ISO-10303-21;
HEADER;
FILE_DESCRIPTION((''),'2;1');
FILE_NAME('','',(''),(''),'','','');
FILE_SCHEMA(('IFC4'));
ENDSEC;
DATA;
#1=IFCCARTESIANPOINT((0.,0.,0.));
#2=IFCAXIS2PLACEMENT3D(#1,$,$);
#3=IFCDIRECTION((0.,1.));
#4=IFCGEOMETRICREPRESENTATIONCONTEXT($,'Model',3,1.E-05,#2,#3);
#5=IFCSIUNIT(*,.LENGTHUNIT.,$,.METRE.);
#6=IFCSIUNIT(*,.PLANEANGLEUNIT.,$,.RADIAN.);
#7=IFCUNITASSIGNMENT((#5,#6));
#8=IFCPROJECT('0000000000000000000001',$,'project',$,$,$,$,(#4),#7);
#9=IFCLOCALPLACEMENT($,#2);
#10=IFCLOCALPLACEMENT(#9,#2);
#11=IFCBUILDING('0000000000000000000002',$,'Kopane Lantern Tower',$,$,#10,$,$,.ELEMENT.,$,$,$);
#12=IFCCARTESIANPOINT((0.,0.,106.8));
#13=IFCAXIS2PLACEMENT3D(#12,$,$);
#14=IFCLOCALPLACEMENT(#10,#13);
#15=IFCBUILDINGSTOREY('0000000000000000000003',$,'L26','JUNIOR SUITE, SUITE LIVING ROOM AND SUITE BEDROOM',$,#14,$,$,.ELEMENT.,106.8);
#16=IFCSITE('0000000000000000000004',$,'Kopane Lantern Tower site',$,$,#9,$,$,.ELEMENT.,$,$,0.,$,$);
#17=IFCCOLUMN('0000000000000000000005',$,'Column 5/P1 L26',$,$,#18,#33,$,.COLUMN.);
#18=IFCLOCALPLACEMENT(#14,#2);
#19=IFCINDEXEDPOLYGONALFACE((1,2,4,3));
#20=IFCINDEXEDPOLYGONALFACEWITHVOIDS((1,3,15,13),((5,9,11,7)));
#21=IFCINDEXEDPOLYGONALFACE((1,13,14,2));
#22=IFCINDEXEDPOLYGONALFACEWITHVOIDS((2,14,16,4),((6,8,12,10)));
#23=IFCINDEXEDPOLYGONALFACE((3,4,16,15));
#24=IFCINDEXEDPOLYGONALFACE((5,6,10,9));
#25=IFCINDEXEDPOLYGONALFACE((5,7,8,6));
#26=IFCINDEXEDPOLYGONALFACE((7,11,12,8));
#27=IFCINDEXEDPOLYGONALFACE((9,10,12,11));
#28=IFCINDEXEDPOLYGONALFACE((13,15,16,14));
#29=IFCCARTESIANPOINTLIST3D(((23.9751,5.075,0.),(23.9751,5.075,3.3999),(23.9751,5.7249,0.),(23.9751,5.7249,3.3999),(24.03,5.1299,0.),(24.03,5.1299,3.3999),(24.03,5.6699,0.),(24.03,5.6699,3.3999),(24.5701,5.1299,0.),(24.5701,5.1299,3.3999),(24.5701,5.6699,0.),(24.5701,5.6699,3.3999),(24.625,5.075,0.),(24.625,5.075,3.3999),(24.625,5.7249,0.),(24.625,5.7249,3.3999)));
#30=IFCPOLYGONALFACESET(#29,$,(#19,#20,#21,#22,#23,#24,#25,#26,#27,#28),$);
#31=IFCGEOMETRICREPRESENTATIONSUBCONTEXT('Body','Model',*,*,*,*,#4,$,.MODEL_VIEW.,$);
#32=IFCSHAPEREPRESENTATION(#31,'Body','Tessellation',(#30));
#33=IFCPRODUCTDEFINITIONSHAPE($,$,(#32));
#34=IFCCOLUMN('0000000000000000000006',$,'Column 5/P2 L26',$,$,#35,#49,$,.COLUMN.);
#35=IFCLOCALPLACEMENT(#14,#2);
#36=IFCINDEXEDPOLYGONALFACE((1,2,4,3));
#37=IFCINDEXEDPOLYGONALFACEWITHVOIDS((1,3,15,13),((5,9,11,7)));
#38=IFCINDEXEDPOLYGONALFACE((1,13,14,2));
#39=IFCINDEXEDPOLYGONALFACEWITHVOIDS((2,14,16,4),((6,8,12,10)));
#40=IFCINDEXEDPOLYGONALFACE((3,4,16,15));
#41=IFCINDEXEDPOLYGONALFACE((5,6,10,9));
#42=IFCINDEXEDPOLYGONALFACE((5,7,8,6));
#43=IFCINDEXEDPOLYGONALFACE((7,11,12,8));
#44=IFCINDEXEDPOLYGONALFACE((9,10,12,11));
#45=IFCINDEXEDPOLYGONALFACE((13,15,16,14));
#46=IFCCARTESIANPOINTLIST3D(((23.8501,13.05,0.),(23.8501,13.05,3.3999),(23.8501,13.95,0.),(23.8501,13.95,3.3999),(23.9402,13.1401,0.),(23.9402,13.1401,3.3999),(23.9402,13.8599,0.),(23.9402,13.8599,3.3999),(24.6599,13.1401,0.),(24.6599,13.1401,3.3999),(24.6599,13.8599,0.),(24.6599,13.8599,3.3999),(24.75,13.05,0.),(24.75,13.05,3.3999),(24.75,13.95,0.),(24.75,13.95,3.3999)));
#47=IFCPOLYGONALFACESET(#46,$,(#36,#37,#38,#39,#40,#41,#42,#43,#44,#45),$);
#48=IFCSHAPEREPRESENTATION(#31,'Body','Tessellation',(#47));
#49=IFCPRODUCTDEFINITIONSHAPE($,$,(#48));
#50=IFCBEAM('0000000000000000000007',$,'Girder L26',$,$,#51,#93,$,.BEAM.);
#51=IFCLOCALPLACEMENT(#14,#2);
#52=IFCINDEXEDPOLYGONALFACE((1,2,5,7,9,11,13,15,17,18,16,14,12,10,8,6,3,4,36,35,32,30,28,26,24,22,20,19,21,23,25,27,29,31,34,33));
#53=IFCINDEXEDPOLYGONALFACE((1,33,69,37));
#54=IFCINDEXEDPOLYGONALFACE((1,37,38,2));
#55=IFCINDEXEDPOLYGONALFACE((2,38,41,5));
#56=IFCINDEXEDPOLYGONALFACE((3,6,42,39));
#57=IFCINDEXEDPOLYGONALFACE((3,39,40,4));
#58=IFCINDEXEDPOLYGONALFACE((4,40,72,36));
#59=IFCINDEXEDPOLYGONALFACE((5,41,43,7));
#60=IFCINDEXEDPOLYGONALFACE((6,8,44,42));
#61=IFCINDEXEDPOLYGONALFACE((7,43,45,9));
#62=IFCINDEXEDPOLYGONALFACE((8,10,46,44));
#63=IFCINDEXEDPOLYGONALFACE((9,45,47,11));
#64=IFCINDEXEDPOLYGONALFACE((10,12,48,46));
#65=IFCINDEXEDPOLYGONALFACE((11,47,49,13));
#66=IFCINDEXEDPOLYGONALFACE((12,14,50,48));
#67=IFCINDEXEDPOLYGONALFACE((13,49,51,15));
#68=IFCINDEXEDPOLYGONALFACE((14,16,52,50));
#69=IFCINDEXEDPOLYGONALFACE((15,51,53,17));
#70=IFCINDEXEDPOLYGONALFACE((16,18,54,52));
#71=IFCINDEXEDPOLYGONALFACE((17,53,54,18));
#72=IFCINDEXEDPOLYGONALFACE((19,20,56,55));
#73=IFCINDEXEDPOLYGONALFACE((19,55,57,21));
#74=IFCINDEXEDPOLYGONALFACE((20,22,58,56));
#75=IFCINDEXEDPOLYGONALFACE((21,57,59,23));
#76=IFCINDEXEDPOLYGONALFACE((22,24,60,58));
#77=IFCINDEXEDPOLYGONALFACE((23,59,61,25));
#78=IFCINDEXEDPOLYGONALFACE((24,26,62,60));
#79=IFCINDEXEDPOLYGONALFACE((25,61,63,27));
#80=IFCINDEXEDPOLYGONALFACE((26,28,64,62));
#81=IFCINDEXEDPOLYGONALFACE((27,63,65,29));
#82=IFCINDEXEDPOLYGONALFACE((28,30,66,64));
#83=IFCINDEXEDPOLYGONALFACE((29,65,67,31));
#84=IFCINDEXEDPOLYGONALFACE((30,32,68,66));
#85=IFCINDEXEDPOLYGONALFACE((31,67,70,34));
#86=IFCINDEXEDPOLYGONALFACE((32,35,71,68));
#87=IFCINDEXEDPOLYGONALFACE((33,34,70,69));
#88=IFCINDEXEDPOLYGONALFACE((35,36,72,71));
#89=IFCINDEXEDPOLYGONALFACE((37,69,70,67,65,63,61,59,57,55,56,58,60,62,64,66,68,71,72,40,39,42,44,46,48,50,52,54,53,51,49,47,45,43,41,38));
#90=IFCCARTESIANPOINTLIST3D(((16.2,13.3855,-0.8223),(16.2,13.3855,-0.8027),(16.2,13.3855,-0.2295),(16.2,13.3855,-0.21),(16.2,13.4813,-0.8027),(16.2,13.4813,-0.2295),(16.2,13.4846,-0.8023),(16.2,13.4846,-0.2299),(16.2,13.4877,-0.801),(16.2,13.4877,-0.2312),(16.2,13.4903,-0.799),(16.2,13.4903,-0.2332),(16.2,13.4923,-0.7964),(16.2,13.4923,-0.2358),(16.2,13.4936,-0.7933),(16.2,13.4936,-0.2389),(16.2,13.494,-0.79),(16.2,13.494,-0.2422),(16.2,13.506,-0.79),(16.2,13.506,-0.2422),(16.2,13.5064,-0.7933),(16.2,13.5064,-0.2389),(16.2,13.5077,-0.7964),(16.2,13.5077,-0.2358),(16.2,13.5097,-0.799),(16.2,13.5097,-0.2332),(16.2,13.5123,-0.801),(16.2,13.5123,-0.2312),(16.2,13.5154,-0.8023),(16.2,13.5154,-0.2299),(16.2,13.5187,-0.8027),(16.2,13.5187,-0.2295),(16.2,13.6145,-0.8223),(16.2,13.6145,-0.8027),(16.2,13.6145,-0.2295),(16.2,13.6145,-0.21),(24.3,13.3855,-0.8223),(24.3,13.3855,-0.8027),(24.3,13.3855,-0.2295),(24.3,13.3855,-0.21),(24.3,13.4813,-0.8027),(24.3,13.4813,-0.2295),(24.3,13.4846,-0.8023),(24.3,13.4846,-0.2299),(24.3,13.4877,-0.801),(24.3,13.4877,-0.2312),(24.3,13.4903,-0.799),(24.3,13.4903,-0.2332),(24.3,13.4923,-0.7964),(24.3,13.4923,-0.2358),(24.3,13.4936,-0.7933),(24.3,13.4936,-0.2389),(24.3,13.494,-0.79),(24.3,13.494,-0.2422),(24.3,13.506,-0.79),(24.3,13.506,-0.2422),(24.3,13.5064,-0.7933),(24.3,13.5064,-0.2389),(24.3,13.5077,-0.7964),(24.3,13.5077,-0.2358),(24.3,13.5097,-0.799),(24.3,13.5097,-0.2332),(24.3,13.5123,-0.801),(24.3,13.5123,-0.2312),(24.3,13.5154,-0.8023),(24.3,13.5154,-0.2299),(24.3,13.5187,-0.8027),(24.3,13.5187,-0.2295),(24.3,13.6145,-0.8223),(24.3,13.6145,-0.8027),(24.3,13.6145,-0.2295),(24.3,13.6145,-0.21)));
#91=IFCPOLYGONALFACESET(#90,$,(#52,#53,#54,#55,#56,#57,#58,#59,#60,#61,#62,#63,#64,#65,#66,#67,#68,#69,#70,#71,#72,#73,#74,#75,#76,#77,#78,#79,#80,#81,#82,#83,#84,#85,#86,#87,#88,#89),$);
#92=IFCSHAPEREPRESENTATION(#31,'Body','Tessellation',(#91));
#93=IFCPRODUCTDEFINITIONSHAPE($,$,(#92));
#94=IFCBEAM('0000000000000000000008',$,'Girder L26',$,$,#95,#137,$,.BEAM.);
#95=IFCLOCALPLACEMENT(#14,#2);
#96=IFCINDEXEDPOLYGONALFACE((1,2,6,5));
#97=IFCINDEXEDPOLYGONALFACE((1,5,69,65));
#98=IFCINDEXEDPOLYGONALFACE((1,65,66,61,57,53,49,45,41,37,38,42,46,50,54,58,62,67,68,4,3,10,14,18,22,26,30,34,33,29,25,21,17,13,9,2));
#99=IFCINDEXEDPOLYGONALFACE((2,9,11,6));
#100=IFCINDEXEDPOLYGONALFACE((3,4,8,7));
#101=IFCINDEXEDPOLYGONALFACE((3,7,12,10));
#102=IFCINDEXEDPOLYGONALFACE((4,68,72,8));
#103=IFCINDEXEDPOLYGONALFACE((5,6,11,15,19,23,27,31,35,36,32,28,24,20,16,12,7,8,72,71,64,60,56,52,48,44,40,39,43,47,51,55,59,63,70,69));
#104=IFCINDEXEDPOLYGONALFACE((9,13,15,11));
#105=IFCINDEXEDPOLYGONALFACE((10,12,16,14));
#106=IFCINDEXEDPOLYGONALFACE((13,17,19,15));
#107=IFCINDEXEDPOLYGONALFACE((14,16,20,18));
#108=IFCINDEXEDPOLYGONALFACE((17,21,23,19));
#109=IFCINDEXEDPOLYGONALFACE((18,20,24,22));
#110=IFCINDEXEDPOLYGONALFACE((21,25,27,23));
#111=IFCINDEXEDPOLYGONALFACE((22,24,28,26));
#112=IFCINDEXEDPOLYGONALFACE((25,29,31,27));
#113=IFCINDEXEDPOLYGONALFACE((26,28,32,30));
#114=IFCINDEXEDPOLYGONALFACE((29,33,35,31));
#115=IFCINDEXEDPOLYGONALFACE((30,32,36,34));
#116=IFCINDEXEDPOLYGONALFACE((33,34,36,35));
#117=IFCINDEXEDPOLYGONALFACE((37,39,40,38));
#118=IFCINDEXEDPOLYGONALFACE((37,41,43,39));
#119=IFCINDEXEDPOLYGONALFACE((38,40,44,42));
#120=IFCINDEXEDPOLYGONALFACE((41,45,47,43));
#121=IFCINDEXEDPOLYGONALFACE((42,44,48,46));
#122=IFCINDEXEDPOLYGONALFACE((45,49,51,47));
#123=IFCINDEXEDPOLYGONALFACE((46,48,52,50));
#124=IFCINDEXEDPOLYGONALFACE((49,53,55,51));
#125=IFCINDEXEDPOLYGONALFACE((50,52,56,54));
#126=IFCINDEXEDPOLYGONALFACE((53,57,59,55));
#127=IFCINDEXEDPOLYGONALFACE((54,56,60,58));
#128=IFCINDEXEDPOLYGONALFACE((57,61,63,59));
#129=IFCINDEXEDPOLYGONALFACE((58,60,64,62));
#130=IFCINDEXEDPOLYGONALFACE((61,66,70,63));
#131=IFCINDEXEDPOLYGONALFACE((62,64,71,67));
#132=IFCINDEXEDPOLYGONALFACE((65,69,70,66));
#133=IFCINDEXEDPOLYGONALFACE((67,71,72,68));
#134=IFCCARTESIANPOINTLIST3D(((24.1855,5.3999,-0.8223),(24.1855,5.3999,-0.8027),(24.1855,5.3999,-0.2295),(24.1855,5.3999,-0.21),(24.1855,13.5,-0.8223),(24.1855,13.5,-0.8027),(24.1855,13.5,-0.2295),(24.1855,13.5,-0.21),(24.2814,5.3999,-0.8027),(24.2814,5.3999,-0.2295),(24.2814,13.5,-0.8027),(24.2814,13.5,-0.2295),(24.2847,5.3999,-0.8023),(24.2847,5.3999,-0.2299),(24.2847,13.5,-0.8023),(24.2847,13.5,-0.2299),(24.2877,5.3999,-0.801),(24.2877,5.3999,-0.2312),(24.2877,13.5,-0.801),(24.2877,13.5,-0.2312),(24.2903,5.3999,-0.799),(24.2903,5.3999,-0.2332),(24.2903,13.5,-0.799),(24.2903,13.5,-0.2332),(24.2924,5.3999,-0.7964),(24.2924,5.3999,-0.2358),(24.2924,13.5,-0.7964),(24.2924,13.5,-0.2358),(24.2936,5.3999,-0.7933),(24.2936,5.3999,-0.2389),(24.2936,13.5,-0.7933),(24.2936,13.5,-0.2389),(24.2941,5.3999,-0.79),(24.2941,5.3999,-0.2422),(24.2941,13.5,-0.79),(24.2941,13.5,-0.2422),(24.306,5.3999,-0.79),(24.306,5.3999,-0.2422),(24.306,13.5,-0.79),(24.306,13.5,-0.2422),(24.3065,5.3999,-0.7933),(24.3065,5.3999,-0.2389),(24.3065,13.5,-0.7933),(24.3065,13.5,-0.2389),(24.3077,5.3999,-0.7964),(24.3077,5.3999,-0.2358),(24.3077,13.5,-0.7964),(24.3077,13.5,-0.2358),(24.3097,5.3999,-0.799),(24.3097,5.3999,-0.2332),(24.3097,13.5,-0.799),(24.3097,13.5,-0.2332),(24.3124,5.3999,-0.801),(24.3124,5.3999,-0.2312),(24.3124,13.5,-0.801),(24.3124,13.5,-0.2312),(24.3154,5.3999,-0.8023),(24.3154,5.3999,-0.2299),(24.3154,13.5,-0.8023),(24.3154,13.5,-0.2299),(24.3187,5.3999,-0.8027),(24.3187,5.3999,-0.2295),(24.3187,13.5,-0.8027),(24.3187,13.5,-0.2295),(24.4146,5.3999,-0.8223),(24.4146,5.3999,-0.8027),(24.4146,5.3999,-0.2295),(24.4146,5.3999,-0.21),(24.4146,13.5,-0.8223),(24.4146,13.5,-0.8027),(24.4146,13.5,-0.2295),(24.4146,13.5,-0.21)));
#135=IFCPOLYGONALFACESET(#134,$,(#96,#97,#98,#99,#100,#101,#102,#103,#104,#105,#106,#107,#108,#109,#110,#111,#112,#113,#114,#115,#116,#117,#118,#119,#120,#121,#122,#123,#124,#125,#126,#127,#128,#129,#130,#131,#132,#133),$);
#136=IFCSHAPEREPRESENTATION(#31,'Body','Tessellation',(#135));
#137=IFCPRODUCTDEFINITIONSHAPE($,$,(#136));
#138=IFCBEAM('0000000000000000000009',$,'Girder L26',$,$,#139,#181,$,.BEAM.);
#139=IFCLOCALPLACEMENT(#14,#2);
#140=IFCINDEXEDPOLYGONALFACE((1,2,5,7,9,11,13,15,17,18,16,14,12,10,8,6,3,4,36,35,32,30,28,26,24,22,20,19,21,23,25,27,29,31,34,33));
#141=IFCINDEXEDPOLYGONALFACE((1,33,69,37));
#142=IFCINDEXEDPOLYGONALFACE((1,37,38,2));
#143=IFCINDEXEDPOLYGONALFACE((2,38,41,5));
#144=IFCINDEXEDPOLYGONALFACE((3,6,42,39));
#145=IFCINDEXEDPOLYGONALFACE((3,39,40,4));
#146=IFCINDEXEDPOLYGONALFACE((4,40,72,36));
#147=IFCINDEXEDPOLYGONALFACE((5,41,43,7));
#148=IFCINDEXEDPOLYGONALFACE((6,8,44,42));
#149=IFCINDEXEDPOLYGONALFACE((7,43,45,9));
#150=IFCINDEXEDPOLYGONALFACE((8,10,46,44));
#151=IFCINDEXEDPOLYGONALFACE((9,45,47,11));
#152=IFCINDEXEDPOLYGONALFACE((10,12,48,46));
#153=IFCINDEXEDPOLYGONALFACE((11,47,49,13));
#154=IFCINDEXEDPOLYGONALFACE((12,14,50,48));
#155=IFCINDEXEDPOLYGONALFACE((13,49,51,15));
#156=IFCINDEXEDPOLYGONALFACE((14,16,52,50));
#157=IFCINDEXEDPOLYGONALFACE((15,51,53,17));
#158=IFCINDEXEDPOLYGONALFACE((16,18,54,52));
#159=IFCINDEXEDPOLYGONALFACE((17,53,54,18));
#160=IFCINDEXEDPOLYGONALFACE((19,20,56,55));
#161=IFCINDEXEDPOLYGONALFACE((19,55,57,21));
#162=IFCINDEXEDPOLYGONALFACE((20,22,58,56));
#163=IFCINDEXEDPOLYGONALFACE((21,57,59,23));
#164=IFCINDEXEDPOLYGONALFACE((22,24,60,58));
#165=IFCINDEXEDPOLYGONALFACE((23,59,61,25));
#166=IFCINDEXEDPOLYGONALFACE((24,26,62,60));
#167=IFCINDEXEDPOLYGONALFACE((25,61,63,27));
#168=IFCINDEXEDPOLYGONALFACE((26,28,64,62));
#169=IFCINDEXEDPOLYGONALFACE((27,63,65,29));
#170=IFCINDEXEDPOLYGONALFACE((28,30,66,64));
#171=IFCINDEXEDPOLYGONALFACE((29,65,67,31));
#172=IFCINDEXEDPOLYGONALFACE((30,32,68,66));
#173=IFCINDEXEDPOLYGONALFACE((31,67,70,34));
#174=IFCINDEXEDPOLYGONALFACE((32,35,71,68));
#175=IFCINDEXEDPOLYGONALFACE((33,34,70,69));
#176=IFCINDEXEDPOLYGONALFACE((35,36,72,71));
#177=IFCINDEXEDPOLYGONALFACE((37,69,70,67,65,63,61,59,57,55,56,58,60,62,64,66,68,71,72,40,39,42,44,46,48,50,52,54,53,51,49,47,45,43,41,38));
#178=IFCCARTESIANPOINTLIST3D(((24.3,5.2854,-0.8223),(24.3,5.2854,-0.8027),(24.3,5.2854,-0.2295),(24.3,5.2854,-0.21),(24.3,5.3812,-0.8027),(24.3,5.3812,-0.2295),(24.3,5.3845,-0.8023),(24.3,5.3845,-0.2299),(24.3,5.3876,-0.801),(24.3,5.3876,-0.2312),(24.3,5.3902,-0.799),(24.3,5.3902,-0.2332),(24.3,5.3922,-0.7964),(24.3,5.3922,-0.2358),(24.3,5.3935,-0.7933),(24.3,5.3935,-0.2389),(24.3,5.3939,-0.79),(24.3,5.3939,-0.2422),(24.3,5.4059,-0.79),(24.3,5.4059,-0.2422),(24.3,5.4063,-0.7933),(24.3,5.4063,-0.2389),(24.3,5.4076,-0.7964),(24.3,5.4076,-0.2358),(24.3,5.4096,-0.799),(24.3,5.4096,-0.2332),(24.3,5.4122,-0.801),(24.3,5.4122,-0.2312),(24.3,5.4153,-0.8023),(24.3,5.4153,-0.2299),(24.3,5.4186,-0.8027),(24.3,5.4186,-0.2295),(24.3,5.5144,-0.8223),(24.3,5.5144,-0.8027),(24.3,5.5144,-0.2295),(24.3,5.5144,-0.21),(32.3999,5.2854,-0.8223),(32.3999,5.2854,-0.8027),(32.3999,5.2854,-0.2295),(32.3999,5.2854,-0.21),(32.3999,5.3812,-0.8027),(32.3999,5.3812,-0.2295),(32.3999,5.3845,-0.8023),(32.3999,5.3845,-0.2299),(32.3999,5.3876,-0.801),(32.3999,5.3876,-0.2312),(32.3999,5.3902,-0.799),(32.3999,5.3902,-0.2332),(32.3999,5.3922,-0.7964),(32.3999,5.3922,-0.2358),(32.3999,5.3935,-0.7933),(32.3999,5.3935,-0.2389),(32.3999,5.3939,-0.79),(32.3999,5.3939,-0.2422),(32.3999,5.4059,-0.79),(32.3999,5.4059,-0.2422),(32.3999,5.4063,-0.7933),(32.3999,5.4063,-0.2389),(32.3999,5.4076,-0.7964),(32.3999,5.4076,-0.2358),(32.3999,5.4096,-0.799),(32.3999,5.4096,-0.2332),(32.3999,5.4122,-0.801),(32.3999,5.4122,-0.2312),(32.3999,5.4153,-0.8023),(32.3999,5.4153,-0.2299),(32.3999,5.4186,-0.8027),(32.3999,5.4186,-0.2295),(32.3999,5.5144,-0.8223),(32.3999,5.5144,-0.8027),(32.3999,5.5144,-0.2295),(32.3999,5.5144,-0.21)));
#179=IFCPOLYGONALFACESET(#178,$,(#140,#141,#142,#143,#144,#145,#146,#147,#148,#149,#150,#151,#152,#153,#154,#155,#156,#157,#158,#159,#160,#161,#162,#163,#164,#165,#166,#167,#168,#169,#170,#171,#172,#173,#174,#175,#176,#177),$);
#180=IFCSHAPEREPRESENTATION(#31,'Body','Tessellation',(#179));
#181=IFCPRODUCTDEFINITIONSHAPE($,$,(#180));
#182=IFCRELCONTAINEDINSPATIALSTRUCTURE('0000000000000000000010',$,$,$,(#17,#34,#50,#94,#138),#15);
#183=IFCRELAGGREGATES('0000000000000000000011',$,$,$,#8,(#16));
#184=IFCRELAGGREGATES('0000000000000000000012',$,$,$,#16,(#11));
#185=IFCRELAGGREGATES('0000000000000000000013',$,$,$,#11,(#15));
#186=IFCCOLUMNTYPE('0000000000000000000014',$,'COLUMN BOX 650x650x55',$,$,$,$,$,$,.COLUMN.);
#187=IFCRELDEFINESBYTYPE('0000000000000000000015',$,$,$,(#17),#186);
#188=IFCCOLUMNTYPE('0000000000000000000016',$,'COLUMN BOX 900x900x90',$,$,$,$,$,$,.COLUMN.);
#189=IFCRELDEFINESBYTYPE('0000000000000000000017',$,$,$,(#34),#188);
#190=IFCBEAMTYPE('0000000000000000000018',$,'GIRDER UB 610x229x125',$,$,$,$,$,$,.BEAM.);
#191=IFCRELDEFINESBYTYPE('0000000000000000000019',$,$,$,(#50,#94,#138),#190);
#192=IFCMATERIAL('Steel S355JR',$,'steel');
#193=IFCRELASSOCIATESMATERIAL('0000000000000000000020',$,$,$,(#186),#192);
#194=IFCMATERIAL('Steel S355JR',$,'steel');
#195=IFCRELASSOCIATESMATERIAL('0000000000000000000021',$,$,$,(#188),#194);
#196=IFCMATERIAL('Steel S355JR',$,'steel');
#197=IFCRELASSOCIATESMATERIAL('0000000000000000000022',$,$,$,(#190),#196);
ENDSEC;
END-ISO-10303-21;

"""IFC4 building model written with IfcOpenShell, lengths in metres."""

from ifc_helpers import new_model, si_unit, direction, frame, origin, origin_2d, place, context, subcontext, project, spatial, hollow_rectangle, i_section, extrude, material, material_profile, profile_set, type_object, element, save


model = new_model("IFC4")

# Units and contexts
model_context = context("Model", 3, precision=1e-05, world=origin(), true_north=direction((0.0, 1.0)))
body_context = subcontext(model_context, "Body", "Model", "MODEL_VIEW")
ifc_project = project(units=[si_unit("LENGTHUNIT", "METRE"), si_unit("PLANEANGLEUNIT", "RADIAN")], contexts=[model_context])

# Site, building, storey
site_placement = place(None, origin())
site = spatial("IfcSite", under=ifc_project, at=site_placement, Name="Kopane Lantern Tower site", CompositionType="ELEMENT", RefElevation=0.0)
building_placement = place(site_placement, origin())
building = spatial("IfcBuilding", under=site, at=building_placement, Name="Kopane Lantern Tower", CompositionType="ELEMENT")
storey_placement = place(building_placement, frame((0.0, 0.0, 106.8)))
storey = spatial("IfcBuildingStorey", under=building, at=storey_placement, Name="L26", Description="JUNIOR SUITE, SUITE LIVING ROOM AND SUITE BEDROOM", CompositionType="ELEMENT", Elevation=106.8)

# Columns
ifc_material_1 = material(Name="Steel S355JR", Category="steel")
ifc_material_profile_1 = material_profile(ifc_material_1, hollow_rectangle(XDim=0.6499, YDim=0.6499, WallThickness=0.0549, at=origin_2d()), Name="BOX 650x650x55")
ifc_profile_set_1 = profile_set([ifc_material_profile_1], Name="Steel S355JR")
column_type_1 = type_object("IfcColumnType", Name="COLUMN BOX 650x650x55", PredefinedType="COLUMN", material=ifc_profile_set_1)
column_1_placement = place(storey_placement, frame((24.3, 5.3999, 0.0), z_axis=(0.0, 0.0, 1.0), x_axis=(1.0, 0.0, 0.0)))
element("IfcColumn", 1, at=column_1_placement, inside=storey, type_object=column_type_1, Name="Column 5/P1 L26", PredefinedType="COLUMN", context=body_context, shape_type="SweptSolid", body=[
    extrude(hollow_rectangle(XDim=0.6499, YDim=0.6499, WallThickness=0.0549, at=origin_2d()), origin(), (0.0, 0.0, 1.0), 3.3999),
])
ifc_material_2 = material(Name="Steel S355JR", Category="steel")
ifc_material_profile_2 = material_profile(ifc_material_2, hollow_rectangle(XDim=0.8999, YDim=0.8999, WallThickness=0.0901, at=origin_2d()), Name="BOX 900x900x90")
ifc_profile_set_2 = profile_set([ifc_material_profile_2], Name="Steel S355JR")
column_type_2 = type_object("IfcColumnType", Name="COLUMN BOX 900x900x90", PredefinedType="COLUMN", material=ifc_profile_set_2)
column_2_placement = place(storey_placement, frame((24.3, 13.5, 0.0), z_axis=(0.0, 0.0, 1.0), x_axis=(1.0, 0.0, 0.0)))
element("IfcColumn", 2, at=column_2_placement, inside=storey, type_object=column_type_2, Name="Column 5/P2 L26", PredefinedType="COLUMN", context=body_context, shape_type="SweptSolid", body=[
    extrude(hollow_rectangle(XDim=0.8999, YDim=0.8999, WallThickness=0.0901, at=origin_2d()), origin(), (0.0, 0.0, 1.0), 3.3999),
])

# Beams
ifc_material_3 = material(Name="Steel S355JR", Category="steel")
ifc_material_profile_3 = material_profile(ifc_material_3, i_section(OverallWidth=0.229, OverallDepth=0.6123, WebThickness=0.012, FlangeThickness=0.0195, FilletRadius=0.0127, at=origin_2d()), Name="UB 610x229x125")
ifc_profile_set_3 = profile_set([ifc_material_profile_3], Name="Steel S355JR")
beam_type = type_object("IfcBeamType", Name="GIRDER UB 610x229x125", PredefinedType="BEAM", material=ifc_profile_set_3)
for number, where, z_axis, x_axis, name in (
    (3, (16.2, 13.5, -0.5161), (1.0, 0.0, 0.0), (0.0, 1.0, 0.0), "Girder L26"),
    (4, (24.3, 5.3999, -0.5161), (0.0, 1.0, 0.0), (-1.0, 0.0, 0.0), "Girder L26"),
):
    element("IfcBeam", number, at=place(storey_placement, frame(where, z_axis=z_axis, x_axis=x_axis)), inside=storey, type_object=beam_type, Name=name, PredefinedType="BEAM", context=body_context, shape_type="SweptSolid", body=[
        extrude(i_section(OverallWidth=0.229, OverallDepth=0.6123, WebThickness=0.012, FlangeThickness=0.0195, FilletRadius=0.0127, at=origin_2d()), origin(), (0.0, 0.0, 1.0), 8.1001),
    ])
beam_1_placement = place(storey_placement, frame((24.3, 5.3999, -0.5161), z_axis=(1.0, 0.0, 0.0), x_axis=(0.0, 1.0, 0.0)))
element("IfcBeam", 5, at=beam_1_placement, inside=storey, type_object=beam_type, Name="Girder L26", PredefinedType="BEAM", context=body_context, shape_type="SweptSolid", body=[
    extrude(i_section(OverallWidth=0.229, OverallDepth=0.6123, WebThickness=0.012, FlangeThickness=0.0195, FilletRadius=0.0127, at=origin_2d()), origin(), (0.0, 0.0, 1.0), 8.0999),
])

save(model, "model.ifc")
